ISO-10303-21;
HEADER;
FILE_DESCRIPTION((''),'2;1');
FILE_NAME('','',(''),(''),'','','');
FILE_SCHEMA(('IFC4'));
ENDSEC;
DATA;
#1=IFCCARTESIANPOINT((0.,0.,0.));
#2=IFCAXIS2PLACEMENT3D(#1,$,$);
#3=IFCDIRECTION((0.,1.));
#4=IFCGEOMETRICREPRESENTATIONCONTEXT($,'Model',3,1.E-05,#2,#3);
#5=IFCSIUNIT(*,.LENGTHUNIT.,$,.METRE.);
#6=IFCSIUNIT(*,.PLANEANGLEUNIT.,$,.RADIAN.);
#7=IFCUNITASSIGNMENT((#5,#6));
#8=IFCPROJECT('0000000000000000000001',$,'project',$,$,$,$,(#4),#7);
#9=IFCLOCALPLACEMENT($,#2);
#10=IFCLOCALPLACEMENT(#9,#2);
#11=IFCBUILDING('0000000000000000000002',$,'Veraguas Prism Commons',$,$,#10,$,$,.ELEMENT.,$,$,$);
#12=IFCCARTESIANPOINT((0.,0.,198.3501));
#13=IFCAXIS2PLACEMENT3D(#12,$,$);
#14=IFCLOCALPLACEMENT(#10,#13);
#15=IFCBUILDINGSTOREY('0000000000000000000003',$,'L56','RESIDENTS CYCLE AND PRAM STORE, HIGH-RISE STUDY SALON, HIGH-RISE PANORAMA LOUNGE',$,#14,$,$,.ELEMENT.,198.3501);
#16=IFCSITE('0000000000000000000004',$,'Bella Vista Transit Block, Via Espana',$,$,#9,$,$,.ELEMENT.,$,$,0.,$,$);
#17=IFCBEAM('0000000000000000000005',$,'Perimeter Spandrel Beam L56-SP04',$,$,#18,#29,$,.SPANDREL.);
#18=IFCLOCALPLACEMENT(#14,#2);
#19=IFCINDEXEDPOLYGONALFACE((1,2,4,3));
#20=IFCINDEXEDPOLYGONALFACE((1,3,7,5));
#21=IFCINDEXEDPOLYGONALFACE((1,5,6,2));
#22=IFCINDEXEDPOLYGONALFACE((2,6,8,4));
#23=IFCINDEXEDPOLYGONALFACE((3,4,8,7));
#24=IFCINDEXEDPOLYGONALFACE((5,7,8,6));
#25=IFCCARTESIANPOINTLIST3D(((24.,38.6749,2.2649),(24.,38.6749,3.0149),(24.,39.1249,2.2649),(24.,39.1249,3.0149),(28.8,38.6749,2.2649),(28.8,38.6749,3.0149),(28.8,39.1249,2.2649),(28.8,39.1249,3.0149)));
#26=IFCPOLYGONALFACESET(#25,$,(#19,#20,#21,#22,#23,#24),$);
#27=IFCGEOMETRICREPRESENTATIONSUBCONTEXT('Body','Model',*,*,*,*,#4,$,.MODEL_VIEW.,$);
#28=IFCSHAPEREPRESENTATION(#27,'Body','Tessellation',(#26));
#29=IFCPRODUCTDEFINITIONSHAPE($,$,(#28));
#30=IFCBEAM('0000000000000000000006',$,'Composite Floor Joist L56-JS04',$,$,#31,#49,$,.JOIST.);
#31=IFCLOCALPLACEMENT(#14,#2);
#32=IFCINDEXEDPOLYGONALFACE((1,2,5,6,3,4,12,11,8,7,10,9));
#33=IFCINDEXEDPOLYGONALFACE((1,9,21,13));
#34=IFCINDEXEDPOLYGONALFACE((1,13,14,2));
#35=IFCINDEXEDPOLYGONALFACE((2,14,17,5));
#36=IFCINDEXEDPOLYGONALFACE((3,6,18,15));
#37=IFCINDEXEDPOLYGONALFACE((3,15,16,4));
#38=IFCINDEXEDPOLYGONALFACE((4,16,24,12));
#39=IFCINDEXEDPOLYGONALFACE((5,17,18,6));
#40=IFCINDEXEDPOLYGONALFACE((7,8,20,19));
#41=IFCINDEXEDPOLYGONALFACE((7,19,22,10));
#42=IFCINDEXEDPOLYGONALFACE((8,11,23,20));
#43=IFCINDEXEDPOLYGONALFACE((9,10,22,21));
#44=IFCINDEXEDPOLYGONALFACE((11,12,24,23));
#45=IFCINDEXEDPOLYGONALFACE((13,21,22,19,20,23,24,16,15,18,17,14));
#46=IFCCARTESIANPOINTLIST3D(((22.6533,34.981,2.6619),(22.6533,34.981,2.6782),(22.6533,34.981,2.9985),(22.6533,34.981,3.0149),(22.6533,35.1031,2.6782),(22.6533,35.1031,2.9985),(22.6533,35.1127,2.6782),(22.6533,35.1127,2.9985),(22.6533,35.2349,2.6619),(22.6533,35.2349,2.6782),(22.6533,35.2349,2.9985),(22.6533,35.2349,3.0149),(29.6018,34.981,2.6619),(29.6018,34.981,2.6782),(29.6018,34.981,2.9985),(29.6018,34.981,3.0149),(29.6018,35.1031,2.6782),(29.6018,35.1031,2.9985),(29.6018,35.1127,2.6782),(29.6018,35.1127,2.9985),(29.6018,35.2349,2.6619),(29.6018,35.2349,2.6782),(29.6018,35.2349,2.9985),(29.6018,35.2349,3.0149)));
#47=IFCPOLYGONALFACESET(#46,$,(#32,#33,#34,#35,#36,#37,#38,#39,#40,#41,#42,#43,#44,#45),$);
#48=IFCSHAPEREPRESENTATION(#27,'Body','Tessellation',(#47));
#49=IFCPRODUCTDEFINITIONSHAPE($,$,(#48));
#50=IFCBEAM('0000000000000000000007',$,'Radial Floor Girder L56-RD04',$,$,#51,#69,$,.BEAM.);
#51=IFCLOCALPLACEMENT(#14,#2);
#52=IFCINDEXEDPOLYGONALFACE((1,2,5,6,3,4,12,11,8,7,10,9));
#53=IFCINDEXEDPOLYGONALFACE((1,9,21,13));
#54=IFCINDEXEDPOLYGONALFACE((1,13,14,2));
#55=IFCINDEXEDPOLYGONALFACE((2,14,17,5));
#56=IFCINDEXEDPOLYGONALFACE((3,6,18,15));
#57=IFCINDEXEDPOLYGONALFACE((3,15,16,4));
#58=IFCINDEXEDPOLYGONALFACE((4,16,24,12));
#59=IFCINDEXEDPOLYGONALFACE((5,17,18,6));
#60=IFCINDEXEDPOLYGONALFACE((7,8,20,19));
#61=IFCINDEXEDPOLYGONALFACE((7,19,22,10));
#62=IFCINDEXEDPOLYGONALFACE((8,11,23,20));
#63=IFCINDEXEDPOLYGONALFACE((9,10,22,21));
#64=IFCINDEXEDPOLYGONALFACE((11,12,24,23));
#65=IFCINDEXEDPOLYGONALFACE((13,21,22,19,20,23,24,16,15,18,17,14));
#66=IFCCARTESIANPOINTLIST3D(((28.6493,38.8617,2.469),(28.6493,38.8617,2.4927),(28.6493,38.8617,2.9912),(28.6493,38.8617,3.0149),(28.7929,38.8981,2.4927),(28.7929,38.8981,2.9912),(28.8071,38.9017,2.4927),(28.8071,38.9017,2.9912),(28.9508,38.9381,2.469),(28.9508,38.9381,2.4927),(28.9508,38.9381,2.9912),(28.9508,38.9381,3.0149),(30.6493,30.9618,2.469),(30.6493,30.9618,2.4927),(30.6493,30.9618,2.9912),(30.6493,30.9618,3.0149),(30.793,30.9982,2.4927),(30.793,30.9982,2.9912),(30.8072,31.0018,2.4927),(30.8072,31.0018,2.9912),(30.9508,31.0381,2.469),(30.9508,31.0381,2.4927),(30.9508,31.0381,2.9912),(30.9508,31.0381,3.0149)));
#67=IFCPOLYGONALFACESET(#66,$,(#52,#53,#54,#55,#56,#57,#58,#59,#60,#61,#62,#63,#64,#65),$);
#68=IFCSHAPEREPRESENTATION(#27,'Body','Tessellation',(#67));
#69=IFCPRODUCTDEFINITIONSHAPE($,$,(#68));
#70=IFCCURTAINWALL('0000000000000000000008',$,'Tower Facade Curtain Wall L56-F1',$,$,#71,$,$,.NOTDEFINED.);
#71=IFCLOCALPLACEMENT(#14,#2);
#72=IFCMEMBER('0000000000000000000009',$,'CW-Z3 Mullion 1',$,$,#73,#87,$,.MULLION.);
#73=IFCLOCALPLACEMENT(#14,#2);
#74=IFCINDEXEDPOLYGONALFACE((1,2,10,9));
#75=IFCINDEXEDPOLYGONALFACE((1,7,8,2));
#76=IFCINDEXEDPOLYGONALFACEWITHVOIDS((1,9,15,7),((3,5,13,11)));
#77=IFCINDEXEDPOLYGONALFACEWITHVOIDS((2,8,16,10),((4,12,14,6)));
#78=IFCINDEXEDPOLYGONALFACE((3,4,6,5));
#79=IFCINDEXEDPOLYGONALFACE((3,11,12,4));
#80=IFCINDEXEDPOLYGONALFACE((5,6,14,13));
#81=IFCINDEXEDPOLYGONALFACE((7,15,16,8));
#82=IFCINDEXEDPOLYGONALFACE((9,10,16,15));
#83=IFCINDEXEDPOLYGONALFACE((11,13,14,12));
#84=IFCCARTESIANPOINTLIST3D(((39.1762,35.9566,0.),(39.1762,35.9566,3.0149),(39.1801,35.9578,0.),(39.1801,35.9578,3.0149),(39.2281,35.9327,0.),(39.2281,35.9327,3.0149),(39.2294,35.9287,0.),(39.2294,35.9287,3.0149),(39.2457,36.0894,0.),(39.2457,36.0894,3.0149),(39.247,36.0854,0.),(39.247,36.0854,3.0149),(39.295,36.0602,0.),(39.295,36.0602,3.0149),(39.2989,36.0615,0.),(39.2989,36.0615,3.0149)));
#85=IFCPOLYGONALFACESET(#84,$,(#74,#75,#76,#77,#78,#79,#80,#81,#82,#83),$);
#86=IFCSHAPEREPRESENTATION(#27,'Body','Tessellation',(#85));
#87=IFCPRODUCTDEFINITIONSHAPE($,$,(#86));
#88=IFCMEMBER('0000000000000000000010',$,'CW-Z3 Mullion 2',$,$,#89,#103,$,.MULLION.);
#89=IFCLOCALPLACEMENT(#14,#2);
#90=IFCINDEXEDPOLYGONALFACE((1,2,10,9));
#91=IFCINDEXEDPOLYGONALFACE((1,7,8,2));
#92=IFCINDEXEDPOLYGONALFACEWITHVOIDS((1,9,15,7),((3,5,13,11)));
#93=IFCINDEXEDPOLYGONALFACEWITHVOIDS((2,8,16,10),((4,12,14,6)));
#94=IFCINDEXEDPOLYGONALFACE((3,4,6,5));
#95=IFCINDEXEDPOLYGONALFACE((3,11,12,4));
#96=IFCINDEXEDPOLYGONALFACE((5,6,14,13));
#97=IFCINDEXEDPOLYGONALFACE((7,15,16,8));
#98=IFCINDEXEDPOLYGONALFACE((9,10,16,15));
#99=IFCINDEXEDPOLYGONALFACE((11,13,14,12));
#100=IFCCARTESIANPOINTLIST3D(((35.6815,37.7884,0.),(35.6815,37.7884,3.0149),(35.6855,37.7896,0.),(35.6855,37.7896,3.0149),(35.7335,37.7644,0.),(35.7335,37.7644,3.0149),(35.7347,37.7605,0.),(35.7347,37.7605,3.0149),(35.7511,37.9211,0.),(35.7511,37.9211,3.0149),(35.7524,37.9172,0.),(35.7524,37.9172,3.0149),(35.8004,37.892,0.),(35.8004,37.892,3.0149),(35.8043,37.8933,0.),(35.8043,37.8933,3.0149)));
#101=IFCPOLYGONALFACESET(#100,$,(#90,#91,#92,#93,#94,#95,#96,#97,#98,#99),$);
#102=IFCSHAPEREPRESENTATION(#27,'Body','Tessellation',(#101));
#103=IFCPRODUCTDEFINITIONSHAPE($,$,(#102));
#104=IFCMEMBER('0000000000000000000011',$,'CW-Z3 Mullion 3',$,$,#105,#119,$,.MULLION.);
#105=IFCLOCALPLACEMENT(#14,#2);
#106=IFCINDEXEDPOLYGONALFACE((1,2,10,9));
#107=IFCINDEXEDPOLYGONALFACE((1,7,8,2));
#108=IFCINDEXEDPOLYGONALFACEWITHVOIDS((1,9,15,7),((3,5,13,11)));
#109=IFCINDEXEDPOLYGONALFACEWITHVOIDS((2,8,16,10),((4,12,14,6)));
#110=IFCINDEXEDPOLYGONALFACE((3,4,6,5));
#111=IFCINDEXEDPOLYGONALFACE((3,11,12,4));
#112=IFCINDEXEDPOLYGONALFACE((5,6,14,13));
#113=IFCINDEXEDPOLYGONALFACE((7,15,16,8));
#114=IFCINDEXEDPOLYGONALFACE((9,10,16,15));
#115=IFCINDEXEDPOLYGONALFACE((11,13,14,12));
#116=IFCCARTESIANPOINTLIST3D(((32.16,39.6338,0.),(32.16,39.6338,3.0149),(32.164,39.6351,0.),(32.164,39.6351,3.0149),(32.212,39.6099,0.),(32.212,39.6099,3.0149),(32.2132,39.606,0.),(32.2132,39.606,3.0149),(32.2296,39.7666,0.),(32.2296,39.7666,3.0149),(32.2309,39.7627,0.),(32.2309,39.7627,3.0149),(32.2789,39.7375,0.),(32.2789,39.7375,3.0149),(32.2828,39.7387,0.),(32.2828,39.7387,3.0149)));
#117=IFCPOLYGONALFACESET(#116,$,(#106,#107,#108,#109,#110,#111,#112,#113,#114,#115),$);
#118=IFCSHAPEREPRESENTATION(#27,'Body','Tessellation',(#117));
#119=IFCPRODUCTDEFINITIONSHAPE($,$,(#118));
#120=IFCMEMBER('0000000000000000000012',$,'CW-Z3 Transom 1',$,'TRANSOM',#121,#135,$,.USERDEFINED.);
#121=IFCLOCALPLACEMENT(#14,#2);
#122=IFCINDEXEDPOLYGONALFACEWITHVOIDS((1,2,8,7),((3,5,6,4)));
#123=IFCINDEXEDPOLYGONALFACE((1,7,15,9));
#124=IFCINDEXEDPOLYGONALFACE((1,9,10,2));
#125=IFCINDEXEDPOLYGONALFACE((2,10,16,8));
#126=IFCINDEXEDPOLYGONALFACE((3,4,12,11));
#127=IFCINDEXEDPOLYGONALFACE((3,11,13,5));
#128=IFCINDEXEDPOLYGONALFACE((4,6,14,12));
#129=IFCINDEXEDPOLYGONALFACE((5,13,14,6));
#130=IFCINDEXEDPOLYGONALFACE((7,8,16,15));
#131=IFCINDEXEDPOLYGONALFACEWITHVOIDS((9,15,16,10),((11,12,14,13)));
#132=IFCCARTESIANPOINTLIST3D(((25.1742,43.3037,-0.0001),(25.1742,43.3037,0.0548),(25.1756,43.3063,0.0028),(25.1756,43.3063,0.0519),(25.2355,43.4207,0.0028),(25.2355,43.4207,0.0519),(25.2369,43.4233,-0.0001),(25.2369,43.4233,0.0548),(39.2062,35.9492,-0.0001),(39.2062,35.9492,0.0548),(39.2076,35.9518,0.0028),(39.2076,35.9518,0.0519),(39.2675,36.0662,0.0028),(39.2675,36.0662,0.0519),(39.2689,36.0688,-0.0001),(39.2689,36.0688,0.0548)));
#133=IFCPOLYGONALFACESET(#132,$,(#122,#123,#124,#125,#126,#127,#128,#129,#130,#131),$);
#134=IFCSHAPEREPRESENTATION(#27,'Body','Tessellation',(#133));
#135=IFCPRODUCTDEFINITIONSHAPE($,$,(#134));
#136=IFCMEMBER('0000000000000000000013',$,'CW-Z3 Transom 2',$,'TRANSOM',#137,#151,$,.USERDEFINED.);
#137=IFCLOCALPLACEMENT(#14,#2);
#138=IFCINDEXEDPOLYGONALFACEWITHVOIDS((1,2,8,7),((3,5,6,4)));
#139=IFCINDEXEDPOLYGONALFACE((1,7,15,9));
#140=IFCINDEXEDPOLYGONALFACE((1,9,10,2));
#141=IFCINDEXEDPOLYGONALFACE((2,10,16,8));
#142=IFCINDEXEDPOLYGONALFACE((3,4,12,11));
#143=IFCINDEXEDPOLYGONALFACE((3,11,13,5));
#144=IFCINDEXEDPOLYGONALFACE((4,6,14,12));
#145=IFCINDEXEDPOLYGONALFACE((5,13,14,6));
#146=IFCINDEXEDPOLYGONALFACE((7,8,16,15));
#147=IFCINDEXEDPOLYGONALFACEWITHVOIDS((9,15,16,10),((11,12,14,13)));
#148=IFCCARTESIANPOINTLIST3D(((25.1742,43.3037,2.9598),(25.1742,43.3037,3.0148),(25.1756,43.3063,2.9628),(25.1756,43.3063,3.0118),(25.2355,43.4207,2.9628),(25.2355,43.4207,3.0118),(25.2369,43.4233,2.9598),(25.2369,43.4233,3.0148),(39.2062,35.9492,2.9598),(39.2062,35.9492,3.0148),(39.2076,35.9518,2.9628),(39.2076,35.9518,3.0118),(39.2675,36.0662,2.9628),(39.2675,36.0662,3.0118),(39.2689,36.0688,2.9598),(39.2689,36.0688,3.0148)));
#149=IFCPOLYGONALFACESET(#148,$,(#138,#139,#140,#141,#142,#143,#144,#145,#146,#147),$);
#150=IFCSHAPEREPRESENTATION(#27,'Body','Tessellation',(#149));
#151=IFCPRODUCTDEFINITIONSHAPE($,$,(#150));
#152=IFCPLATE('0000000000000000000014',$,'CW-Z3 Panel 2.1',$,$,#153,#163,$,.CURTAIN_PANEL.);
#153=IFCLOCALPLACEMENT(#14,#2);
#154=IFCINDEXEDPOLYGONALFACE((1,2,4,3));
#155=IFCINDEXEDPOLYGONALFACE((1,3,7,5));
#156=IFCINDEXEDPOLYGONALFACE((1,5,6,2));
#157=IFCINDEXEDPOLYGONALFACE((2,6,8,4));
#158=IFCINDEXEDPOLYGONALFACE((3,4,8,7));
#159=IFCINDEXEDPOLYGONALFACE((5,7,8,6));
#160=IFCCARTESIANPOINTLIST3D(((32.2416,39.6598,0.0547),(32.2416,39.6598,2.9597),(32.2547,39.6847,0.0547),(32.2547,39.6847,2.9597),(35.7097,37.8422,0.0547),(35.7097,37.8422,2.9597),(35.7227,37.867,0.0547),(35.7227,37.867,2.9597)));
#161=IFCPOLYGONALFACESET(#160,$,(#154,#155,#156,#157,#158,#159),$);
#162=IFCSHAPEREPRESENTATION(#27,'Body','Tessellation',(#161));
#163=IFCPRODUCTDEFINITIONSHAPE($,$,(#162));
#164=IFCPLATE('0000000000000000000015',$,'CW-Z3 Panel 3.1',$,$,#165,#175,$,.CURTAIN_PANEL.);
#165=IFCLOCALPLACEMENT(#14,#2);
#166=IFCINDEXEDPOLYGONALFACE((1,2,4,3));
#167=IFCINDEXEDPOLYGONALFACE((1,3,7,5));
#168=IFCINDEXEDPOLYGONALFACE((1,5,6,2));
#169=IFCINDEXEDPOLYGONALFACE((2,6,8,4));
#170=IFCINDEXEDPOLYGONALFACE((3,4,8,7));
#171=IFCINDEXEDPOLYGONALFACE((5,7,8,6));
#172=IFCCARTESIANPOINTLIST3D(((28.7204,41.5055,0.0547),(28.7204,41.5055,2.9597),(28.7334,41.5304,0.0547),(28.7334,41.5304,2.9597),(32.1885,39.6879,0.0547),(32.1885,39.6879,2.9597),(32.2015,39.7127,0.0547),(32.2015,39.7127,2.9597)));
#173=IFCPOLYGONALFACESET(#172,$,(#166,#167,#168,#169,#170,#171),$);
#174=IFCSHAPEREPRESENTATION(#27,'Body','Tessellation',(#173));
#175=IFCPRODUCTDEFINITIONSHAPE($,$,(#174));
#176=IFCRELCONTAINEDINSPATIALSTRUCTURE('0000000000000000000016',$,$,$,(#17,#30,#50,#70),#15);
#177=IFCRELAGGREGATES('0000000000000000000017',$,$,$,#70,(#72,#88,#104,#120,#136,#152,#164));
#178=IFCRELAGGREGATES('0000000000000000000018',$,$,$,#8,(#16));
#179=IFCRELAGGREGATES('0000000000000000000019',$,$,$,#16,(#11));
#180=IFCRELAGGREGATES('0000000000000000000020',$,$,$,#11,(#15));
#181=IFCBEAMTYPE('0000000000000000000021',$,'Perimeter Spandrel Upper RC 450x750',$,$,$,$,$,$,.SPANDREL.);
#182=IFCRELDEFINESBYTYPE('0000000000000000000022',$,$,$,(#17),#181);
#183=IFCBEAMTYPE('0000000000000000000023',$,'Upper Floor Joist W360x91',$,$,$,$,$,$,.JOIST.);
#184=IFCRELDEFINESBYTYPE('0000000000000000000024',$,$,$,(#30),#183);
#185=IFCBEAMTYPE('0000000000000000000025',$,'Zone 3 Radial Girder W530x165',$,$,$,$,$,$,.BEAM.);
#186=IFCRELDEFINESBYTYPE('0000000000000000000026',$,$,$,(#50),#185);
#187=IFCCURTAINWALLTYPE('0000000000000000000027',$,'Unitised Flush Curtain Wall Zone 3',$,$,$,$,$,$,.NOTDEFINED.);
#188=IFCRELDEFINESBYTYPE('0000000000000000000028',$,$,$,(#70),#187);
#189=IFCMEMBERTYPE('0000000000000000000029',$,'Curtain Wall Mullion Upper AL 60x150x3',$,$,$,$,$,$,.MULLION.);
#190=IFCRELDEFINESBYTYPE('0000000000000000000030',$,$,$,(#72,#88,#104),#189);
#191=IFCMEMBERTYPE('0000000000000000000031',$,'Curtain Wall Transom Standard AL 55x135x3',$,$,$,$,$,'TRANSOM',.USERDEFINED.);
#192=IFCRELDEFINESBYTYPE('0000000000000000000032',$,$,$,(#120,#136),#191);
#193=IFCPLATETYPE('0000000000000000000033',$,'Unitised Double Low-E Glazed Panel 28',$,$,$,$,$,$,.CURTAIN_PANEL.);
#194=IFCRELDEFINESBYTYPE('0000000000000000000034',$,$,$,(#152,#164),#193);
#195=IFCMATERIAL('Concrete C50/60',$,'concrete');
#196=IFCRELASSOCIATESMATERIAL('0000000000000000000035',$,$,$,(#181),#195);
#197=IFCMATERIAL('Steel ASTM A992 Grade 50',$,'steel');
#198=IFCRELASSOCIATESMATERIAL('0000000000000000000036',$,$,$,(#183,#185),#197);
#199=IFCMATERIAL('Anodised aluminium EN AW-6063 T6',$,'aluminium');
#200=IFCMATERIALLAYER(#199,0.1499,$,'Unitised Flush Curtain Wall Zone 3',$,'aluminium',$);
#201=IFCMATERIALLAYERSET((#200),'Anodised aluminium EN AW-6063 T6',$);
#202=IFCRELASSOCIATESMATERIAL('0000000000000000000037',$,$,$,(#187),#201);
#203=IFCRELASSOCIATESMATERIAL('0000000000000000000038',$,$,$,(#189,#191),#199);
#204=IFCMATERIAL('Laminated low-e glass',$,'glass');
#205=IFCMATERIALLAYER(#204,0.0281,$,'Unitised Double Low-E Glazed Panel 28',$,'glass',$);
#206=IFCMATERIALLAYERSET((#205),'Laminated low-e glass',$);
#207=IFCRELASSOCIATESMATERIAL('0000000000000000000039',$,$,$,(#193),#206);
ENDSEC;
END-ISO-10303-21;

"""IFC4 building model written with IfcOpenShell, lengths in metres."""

from ifc_helpers import new_model, si_unit, direction, frame, origin, origin_2d, place, context, subcontext, project, spatial, rectangle, hollow_rectangle, i_section, extrude, source, transform, mapped, material, layer, layer_set, material_profile, profile_set, type_object, element, aggregate, save


model = new_model("IFC4")

# Units and contexts
model_context = context("Model", 3, precision=1e-05, world=origin(), true_north=direction((0.0, 1.0)))
body_context = subcontext(model_context, "Body", "Model", "MODEL_VIEW")
ifc_project = project(units=[si_unit("LENGTHUNIT", "METRE"), si_unit("PLANEANGLEUNIT", "RADIAN")], contexts=[model_context])

# Site, building, storey
site_placement = place(None, origin())
site = spatial("IfcSite", under=ifc_project, at=site_placement, Name="Bella Vista Transit Block, Via Espana", CompositionType="ELEMENT", RefElevation=0.0)
building_placement = place(site_placement, origin())
building = spatial("IfcBuilding", under=site, at=building_placement, Name="Veraguas Prism Commons", CompositionType="ELEMENT")
storey_placement = place(building_placement, frame((0.0, 0.0, 198.3501)))
storey = spatial("IfcBuildingStorey", under=building, at=storey_placement, Name="L56", Description="RESIDENTS CYCLE AND PRAM STORE, HIGH-RISE STUDY SALON, HIGH-RISE PANORAMA LOUNGE", CompositionType="ELEMENT", Elevation=198.3501)

# Beams
ifc_material_1 = material(Name="Concrete C50/60", Category="concrete")
ifc_material_profile_1 = material_profile(ifc_material_1, rectangle(XDim=0.45, YDim=0.75, at=origin_2d()), Name="RC450X750")
ifc_profile_set_1 = profile_set([ifc_material_profile_1], Name="Concrete C50/60")
beam_type_1 = type_object("IfcBeamType", Name="Perimeter Spandrel Upper RC 450x750", PredefinedType="SPANDREL", material=ifc_profile_set_1)
beam_1_placement = place(storey_placement, frame((28.8, 38.8999, 2.6399), z_axis=(-1.0, 0.0, 0.0), x_axis=(0.0, -1.0, 0.0)))
element("IfcBeam", 1, at=beam_1_placement, inside=storey, type_object=beam_type_1, Name="Perimeter Spandrel Beam L56-SP04", PredefinedType="SPANDREL", context=body_context, shape_type="SweptSolid", body=[
    extrude(rectangle(XDim=0.45, YDim=0.75, at=origin_2d()), origin(), (0.0, 0.0, 1.0), 4.8),
])
ifc_material_2 = material(Name="Steel ASTM A992 Grade 50", Category="steel")
ifc_material_profile_2 = material_profile(ifc_material_2, i_section(OverallWidth=0.2539, OverallDepth=0.353, WebThickness=0.0095, FlangeThickness=0.0164, at=origin_2d()), Name="W360X91")
ifc_profile_set_2 = profile_set([ifc_material_profile_2], Name="Steel ASTM A992 Grade 50")
beam_type_2 = type_object("IfcBeamType", Name="Upper Floor Joist W360x91", PredefinedType="JOIST", material=ifc_profile_set_2)
beam_2_placement = place(storey_placement, frame((29.6018, 35.1079, 2.8384), z_axis=(-1.0, 0.0, 0.0), x_axis=(0.0, -1.0, 0.0)))
element("IfcBeam", 2, at=beam_2_placement, inside=storey, type_object=beam_type_2, Name="Composite Floor Joist L56-JS04", PredefinedType="JOIST", context=body_context, shape_type="SweptSolid", body=[
    extrude(i_section(OverallWidth=0.2539, OverallDepth=0.353, WebThickness=0.0095, FlangeThickness=0.0164, at=origin_2d()), origin(), (0.0, 0.0, 1.0), 6.9485),
])
ifc_material_profile_3 = material_profile(ifc_material_2, i_section(OverallWidth=0.311, OverallDepth=0.5459, WebThickness=0.0146, FlangeThickness=0.0237, at=origin_2d()), Name="W530X165")
ifc_profile_set_3 = profile_set([ifc_material_profile_3], Name="Steel ASTM A992 Grade 50")
beam_type_3 = type_object("IfcBeamType", Name="Zone 3 Radial Girder W530x165", PredefinedType="BEAM", material=ifc_profile_set_3)
beam_3_placement = place(storey_placement, frame((28.8, 38.8999, 2.7419), z_axis=(0.245425, -0.969416, 0.0), x_axis=(0.969416, 0.245425, 0.0)))
element("IfcBeam", 3, at=beam_3_placement, inside=storey, type_object=beam_type_3, Name="Radial Floor Girder L56-RD04", PredefinedType="BEAM", context=body_context, shape_type="SweptSolid", body=[
    extrude(i_section(OverallWidth=0.311, OverallDepth=0.5459, WebThickness=0.0146, FlangeThickness=0.0237, at=origin_2d()), origin(), (0.0, 0.0, 1.0), 8.1492),
])

# Curtain wall, members, plates
ifc_material_3 = material(Name="Anodised aluminium EN AW-6063 T6", Category="aluminium")
ifc_layer_1 = layer(ifc_material_3, 0.1499, Name="Unitised Flush Curtain Wall Zone 3", Category="aluminium")
ifc_layer_set_1 = layer_set([ifc_layer_1], Name="Anodised aluminium EN AW-6063 T6")
curtain_wall_type = type_object("IfcCurtainWallType", Name="Unitised Flush Curtain Wall Zone 3", PredefinedType="NOTDEFINED", material=ifc_layer_set_1)
curtain_wall_placement = place(storey_placement, origin())
curtain_wall = element("IfcCurtainWall", 4, at=curtain_wall_placement, inside=storey, type_object=curtain_wall_type, Name="Tower Facade Curtain Wall L56-F1", PredefinedType="NOTDEFINED")
ifc_material_profile_4 = material_profile(ifc_material_3, hollow_rectangle(XDim=0.0601, YDim=0.1499, WallThickness=0.0029, at=origin_2d()), Name="AL60X150X3")
ifc_profile_set_4 = profile_set([ifc_material_profile_4], Name="Anodised aluminium EN AW-6063 T6")
member_type_1 = type_object("IfcMemberType", Name="Curtain Wall Mullion Upper AL 60x150x3", PredefinedType="MULLION", material=ifc_profile_set_4)
shared_shape_1 = source(origin(), body_context, "Body", "SweptSolid", [
    extrude(hollow_rectangle(XDim=0.0601, YDim=0.1499, WallThickness=0.0029, at=origin_2d()), origin(), (0.0, 0.0, 1.0), 3.0149),
])
member_1_placement = place(storey_placement, frame((39.2375, 36.009, 0.0), z_axis=(0.0, 0.0, 1.0), x_axis=(-0.885722, 0.464216, 0.0)))
member_1 = element("IfcMember", 5, at=member_1_placement, type_object=member_type_1, Name="CW-Z3 Mullion 1", PredefinedType="MULLION", context=body_context, shape_type="MappedRepresentation", body=[
    mapped(shared_shape_1, transform((0.0, 0.0, 0.0), scale=1.0)),
])
member_2_placement = place(storey_placement, frame((35.7429, 37.8408, 0.0), z_axis=(0.0, 0.0, 1.0), x_axis=(-0.885722, 0.464216, 0.0)))
member_2 = element("IfcMember", 6, at=member_2_placement, type_object=member_type_1, Name="CW-Z3 Mullion 2", PredefinedType="MULLION", context=body_context, shape_type="MappedRepresentation", body=[
    mapped(shared_shape_1, transform((0.0, 0.0, 0.0), scale=1.0)),
])
member_3_placement = place(storey_placement, frame((32.2214, 39.6863, 0.0), z_axis=(0.0, 0.0, 1.0), x_axis=(-0.885722, 0.464216, 0.0)))
member_3 = element("IfcMember", 7, at=member_3_placement, type_object=member_type_1, Name="CW-Z3 Mullion 3", PredefinedType="MULLION", context=body_context, shape_type="MappedRepresentation", body=[
    mapped(shared_shape_1, transform((0.0, 0.0, 0.0), scale=1.0)),
])
ifc_material_profile_5 = material_profile(ifc_material_3, hollow_rectangle(XDim=0.0549, YDim=0.135, WallThickness=0.0029, at=origin_2d()), Name="AL55X135X3")
ifc_profile_set_5 = profile_set([ifc_material_profile_5], Name="Anodised aluminium EN AW-6063 T6")
member_type_2 = type_object("IfcMemberType", Name="Curtain Wall Transom Standard AL 55x135x3", ElementType="TRANSOM", PredefinedType="USERDEFINED", material=ifc_profile_set_5)
shared_shape_2 = source(origin(), body_context, "Body", "SweptSolid", [
    extrude(hollow_rectangle(XDim=0.0549, YDim=0.135, WallThickness=0.0029, at=origin_2d()), origin(), (0.0, 0.0, 1.0), 15.8425),
])
member_4_placement = place(storey_placement, frame((39.2375, 36.009, 0.0273), z_axis=(-0.885717, 0.464225, 0.0), x_axis=(0.0, 0.0, 1.0)))
member_4 = element("IfcMember", 8, at=member_4_placement, type_object=member_type_2, Name="CW-Z3 Transom 1", ObjectType="TRANSOM", PredefinedType="USERDEFINED", context=body_context, shape_type="MappedRepresentation", body=[
    mapped(shared_shape_2, transform((0.0, 0.0, 0.0), scale=1.0)),
])
member_5_placement = place(storey_placement, frame((39.2375, 36.009, 2.9873), z_axis=(-0.885717, 0.464225, 0.0), x_axis=(0.0, 0.0, 1.0)))
member_5 = element("IfcMember", 9, at=member_5_placement, type_object=member_type_2, Name="CW-Z3 Transom 2", ObjectType="TRANSOM", PredefinedType="USERDEFINED", context=body_context, shape_type="MappedRepresentation", body=[
    mapped(shared_shape_2, transform((0.0, 0.0, 0.0), scale=1.0)),
])
ifc_material_4 = material(Name="Laminated low-e glass", Category="glass")
ifc_layer_2 = layer(ifc_material_4, 0.0281, Name="Unitised Double Low-E Glazed Panel 28", Category="glass")
ifc_layer_set_2 = layer_set([ifc_layer_2], Name="Laminated low-e glass")
plate_type = type_object("IfcPlateType", Name="Unitised Double Low-E Glazed Panel 28", PredefinedType="CURTAIN_PANEL", material=ifc_layer_set_2)
shared_shape_3 = source(origin(), body_context, "Body", "SweptSolid", [
    extrude(rectangle(XDim=3.9155, YDim=0.0281, at=origin_2d()), origin(), (0.0, 0.0, 1.0), 2.905),
])
plate_1_placement = place(storey_placement, frame((33.9822, 38.7634, 0.0547), z_axis=(0.0, 0.0, 1.0), x_axis=(-0.885722, 0.464216, 0.0)))
plate_1 = element("IfcPlate", 10, at=plate_1_placement, type_object=plate_type, Name="CW-Z3 Panel 2.1", PredefinedType="CURTAIN_PANEL", context=body_context, shape_type="MappedRepresentation", body=[
    mapped(shared_shape_3, transform((0.0, 0.0, 0.0), scale=1.0)),
])
plate_2_placement = place(storey_placement, frame((30.4609, 40.6091, 0.0547), z_axis=(0.0, 0.0, 1.0), x_axis=(-0.885722, 0.464216, 0.0)))
plate_2 = element("IfcPlate", 11, at=plate_2_placement, type_object=plate_type, Name="CW-Z3 Panel 3.1", PredefinedType="CURTAIN_PANEL", context=body_context, shape_type="MappedRepresentation", body=[
    mapped(shared_shape_3, transform((0.0, 0.0, 0.0), scale=1.0)),
])
aggregate(curtain_wall, [member_1, member_2, member_3, member_4, member_5, plate_1, plate_2])

save(model, "model.ifc")
